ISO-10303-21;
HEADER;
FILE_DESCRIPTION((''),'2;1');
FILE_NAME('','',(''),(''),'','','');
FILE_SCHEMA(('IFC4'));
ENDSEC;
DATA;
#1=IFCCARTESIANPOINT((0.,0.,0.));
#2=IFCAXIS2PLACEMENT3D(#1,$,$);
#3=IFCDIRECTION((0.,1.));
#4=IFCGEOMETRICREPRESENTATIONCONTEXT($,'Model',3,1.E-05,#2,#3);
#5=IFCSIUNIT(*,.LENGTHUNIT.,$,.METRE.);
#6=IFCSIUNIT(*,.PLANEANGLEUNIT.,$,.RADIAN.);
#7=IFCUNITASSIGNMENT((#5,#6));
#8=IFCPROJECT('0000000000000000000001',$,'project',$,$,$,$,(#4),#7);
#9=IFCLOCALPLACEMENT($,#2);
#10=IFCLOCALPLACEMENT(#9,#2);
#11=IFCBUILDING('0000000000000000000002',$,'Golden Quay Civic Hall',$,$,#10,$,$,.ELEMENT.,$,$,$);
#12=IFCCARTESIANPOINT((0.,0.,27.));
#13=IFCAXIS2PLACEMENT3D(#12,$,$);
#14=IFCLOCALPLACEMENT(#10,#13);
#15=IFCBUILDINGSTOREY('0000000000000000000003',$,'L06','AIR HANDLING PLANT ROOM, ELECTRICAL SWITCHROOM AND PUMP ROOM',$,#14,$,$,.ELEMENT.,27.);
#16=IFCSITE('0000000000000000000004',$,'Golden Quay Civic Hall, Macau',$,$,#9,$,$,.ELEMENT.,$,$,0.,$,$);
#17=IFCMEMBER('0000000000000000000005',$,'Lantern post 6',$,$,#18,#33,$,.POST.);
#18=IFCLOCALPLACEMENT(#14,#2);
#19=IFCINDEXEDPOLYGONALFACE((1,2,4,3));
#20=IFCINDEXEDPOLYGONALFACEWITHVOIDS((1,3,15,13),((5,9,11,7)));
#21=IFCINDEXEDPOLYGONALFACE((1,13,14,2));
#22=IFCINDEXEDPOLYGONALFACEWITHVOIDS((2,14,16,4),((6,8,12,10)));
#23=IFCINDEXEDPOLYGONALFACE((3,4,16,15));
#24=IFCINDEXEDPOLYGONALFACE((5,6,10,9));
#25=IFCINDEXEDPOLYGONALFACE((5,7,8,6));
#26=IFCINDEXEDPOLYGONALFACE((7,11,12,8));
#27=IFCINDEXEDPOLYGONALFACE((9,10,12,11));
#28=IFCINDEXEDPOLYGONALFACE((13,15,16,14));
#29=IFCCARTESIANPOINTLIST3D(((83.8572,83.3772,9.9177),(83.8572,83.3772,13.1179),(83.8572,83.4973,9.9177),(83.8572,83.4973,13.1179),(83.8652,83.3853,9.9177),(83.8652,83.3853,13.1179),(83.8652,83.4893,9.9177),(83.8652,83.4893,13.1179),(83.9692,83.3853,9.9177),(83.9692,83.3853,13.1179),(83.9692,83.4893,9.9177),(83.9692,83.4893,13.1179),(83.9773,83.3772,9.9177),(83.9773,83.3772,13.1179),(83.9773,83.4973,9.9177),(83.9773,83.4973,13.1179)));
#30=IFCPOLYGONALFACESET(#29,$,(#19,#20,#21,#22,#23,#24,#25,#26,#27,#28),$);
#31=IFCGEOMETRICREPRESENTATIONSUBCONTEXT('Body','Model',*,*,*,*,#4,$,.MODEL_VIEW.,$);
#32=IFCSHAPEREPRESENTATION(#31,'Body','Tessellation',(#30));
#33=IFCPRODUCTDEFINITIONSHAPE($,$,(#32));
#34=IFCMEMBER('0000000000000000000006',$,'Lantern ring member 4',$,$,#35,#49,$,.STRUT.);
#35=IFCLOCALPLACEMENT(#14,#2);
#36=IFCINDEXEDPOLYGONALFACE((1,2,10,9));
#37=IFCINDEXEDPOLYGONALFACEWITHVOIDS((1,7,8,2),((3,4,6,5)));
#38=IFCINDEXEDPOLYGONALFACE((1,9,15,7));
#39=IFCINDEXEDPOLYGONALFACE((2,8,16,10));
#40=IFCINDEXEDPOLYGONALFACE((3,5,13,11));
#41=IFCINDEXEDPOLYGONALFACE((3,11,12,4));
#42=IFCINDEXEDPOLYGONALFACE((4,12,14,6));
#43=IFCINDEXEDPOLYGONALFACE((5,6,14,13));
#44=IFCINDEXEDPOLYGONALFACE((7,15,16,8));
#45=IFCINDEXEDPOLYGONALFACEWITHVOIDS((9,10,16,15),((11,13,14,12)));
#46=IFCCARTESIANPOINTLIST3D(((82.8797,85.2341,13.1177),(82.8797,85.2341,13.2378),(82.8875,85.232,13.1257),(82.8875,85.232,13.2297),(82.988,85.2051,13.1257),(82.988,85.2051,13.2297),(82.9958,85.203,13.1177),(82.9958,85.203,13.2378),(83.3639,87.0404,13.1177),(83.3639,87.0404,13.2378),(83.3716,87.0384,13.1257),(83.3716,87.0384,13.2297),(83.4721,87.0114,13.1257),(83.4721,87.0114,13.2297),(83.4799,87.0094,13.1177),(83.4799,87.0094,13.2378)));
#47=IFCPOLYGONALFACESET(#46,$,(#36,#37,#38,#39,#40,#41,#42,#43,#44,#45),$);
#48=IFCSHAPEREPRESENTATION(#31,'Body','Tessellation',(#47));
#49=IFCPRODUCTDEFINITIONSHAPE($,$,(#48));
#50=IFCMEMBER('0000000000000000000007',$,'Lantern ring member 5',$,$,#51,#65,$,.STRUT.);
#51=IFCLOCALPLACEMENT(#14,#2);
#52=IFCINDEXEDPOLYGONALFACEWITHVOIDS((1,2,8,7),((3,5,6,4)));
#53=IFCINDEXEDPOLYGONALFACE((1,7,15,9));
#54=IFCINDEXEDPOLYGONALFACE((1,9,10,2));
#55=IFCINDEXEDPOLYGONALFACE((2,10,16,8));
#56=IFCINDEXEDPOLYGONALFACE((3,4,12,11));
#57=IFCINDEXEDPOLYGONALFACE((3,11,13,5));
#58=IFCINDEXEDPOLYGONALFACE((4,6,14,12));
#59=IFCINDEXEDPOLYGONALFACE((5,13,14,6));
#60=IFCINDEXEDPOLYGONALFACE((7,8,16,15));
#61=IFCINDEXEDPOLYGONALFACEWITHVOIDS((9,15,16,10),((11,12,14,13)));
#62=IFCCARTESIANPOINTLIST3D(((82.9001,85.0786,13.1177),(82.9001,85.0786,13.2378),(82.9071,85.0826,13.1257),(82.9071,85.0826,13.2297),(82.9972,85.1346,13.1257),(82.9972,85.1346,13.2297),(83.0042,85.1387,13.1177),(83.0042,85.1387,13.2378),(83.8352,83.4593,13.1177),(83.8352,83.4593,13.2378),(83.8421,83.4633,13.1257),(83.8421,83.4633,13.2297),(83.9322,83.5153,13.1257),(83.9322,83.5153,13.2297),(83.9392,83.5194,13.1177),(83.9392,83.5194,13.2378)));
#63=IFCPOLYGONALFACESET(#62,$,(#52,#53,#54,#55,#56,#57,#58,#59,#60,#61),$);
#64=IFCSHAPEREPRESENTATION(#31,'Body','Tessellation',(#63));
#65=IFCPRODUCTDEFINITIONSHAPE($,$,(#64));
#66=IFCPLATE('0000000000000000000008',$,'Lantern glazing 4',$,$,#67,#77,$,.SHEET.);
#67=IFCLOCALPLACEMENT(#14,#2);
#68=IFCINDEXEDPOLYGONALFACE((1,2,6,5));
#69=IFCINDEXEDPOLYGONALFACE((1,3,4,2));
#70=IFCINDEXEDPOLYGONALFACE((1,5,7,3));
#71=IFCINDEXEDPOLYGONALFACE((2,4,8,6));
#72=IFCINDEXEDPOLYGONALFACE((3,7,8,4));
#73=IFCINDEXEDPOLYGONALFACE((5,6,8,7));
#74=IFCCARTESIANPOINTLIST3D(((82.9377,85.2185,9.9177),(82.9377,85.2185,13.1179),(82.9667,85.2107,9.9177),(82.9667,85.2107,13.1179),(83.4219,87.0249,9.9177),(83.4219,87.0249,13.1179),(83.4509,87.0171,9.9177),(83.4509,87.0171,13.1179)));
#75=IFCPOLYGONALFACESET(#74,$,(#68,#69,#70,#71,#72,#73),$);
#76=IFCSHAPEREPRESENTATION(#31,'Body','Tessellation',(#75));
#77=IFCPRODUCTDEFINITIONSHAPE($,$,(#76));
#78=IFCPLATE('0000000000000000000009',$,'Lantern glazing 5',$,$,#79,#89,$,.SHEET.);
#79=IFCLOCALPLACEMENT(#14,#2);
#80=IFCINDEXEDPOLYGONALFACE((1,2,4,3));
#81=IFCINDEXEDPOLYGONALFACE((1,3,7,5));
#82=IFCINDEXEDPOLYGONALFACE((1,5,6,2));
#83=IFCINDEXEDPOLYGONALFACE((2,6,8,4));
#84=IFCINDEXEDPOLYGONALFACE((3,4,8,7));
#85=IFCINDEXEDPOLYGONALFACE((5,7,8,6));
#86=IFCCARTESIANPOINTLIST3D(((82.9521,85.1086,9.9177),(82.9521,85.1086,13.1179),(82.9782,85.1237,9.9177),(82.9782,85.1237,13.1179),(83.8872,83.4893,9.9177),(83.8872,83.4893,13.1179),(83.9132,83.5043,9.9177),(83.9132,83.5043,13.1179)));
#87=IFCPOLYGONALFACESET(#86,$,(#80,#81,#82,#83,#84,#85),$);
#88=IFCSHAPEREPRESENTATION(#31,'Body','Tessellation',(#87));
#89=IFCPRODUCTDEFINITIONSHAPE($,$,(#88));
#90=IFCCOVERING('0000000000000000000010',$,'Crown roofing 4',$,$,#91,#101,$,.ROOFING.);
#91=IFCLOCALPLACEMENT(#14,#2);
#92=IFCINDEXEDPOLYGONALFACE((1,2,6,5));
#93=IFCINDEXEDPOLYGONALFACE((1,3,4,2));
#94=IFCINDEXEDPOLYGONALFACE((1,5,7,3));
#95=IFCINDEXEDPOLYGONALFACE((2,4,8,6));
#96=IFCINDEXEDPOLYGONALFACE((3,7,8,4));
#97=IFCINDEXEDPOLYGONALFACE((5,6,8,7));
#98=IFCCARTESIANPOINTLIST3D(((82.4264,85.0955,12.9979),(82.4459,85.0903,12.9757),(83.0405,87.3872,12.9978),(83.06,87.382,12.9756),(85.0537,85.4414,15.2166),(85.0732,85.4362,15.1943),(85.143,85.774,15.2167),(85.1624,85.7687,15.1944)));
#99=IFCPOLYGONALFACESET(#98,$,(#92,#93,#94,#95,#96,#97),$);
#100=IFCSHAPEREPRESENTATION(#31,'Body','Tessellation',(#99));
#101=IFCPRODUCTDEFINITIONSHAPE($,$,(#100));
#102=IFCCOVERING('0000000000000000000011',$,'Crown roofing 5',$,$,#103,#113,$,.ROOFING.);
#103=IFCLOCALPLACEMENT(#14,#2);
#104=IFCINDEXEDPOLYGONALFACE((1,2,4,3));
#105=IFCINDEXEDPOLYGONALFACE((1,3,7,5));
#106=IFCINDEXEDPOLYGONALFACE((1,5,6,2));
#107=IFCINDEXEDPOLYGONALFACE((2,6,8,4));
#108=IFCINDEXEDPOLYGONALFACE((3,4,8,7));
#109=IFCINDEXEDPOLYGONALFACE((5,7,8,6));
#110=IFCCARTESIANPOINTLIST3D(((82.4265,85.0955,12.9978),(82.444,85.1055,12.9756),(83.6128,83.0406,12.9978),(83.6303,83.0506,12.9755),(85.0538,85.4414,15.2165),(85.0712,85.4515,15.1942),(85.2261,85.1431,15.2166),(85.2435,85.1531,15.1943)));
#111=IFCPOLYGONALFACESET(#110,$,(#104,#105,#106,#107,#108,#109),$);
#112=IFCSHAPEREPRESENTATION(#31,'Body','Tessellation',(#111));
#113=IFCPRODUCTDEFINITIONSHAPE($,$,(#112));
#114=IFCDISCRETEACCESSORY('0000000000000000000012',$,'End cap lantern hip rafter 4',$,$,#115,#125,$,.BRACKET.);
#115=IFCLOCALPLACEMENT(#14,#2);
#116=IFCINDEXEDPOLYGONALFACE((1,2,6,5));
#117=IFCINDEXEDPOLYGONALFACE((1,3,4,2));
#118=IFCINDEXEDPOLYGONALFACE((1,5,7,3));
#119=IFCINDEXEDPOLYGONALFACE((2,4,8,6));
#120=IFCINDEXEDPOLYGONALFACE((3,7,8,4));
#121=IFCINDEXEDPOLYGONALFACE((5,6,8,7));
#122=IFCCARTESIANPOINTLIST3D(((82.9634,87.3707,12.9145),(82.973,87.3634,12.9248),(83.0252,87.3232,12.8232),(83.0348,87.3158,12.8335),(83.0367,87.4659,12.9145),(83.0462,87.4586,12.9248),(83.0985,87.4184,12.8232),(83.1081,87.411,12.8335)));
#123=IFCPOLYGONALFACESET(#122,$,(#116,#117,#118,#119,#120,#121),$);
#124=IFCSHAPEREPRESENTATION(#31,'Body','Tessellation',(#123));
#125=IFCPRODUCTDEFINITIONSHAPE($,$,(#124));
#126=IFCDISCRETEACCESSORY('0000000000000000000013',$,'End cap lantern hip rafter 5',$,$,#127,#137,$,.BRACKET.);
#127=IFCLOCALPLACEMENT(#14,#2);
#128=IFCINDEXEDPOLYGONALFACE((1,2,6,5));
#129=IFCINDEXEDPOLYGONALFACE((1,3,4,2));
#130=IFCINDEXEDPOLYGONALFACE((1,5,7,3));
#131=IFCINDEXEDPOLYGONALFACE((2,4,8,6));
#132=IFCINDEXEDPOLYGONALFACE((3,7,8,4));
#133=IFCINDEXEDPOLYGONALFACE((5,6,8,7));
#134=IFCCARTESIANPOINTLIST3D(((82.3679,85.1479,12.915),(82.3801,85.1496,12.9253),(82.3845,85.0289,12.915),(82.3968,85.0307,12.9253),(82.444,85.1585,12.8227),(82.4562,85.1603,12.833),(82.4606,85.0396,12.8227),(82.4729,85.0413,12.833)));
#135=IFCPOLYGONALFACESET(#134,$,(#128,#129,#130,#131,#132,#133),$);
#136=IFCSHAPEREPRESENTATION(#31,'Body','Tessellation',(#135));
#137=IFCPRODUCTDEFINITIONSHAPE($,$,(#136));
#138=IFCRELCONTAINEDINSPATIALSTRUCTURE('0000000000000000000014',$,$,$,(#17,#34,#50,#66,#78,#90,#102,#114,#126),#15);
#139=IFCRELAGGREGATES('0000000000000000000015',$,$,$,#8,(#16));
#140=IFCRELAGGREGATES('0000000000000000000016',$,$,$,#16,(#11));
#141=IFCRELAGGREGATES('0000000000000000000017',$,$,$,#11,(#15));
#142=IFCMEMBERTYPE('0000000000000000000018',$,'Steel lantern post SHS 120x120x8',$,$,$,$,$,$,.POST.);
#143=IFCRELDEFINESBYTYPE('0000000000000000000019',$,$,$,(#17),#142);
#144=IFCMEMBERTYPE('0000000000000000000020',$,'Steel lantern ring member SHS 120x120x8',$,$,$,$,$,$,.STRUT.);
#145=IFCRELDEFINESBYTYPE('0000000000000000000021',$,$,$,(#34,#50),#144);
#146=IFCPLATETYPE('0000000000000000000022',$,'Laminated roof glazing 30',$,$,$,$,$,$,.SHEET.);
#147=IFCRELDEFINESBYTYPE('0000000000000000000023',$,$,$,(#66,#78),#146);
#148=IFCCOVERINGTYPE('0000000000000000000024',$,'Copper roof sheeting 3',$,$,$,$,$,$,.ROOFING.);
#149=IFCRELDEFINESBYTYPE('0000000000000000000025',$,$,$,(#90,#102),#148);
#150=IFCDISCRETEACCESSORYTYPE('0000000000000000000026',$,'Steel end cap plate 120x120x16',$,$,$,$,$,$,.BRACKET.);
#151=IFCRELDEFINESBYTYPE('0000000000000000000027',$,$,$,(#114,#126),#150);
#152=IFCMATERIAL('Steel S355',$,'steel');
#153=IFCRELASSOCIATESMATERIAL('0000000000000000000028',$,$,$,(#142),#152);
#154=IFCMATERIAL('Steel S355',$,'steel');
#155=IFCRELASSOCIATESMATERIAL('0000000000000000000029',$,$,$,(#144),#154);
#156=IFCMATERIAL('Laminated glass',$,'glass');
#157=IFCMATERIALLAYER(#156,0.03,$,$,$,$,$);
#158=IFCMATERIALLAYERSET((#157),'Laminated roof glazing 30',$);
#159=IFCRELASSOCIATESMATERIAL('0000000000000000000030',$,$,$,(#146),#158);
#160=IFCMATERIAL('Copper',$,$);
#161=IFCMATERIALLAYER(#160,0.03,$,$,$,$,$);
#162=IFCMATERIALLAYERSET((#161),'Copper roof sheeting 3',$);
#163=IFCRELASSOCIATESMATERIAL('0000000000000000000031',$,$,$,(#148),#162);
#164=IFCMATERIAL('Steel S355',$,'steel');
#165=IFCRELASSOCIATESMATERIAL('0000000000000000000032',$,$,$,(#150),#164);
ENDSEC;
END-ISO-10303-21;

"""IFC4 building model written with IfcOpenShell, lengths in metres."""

from ifc_helpers import new_model, si_unit, direction, frame, origin, origin_2d, place, context, subcontext, project, spatial, polyline, rectangle, hollow_rectangle, outline, extrude, material, layer, layer_set, material_profile, profile_set, type_object, element, save


model = new_model("IFC4")

# Units and contexts
model_context = context("Model", 3, precision=1e-05, world=origin(), true_north=direction((0.0, 1.0)))
body_context = subcontext(model_context, "Body", "Model", "MODEL_VIEW")
ifc_project = project(units=[si_unit("LENGTHUNIT", "METRE"), si_unit("PLANEANGLEUNIT", "RADIAN")], contexts=[model_context])

# Site, building, storey
site_placement = place(None, origin())
site = spatial("IfcSite", under=ifc_project, at=site_placement, Name="Golden Quay Civic Hall, Macau", CompositionType="ELEMENT", RefElevation=0.0)
building_placement = place(site_placement, origin())
building = spatial("IfcBuilding", under=site, at=building_placement, Name="Golden Quay Civic Hall", CompositionType="ELEMENT")
storey_placement = place(building_placement, frame((0.0, 0.0, 27.0)))
storey = spatial("IfcBuildingStorey", under=building, at=storey_placement, Name="L06", Description="AIR HANDLING PLANT ROOM, ELECTRICAL SWITCHROOM AND PUMP ROOM", CompositionType="ELEMENT", Elevation=27.0)

# Members
ifc_material_1 = material(Name="Steel S355", Category="steel")
ifc_material_profile_1 = material_profile(ifc_material_1, hollow_rectangle(XDim=0.1201, YDim=0.1201, WallThickness=0.0081, at=origin_2d()), Name="SHS 120x120x8")
ifc_profile_set_1 = profile_set([ifc_material_profile_1], Name="Steel S355")
member_type_1 = type_object("IfcMemberType", Name="Steel lantern post SHS 120x120x8", PredefinedType="POST", material=ifc_profile_set_1)
for number, where, z_axis, x_axis, name in (
    (1, (83.9172, 83.4373, 9.9177), (0.0, 0.0, 1.0), (1.0, 0.0, 0.0), "Lantern post 6"),
):
    element("IfcMember", number, at=place(storey_placement, frame(where, z_axis=z_axis, x_axis=x_axis)), inside=storey, type_object=member_type_1, Name=name, PredefinedType="POST", context=body_context, shape_type="SweptSolid", body=[
        extrude(hollow_rectangle(XDim=0.1201, YDim=0.1201, WallThickness=0.0081, at=origin_2d()), origin(), (0.0, 0.0, 1.0), 3.2002),
    ])
ifc_material_2 = material(Name="Steel S355", Category="steel")
ifc_material_profile_2 = material_profile(ifc_material_2, hollow_rectangle(XDim=0.1201, YDim=0.1201, WallThickness=0.0081, at=origin_2d()), Name="SHS 120x120x8")
ifc_profile_set_2 = profile_set([ifc_material_profile_2], Name="Steel S355")
member_type_2 = type_object("IfcMemberType", Name="Steel lantern ring member SHS 120x120x8", PredefinedType="STRUT", material=ifc_profile_set_2)
member_1_placement = place(storey_placement, frame((83.4219, 87.0249, 13.1777), z_axis=(-0.258873, -0.965911, 0.0), x_axis=(0.965911, -0.258873, 0.0)))
element("IfcMember", 2, at=member_1_placement, inside=storey, type_object=member_type_2, Name="Lantern ring member 4", PredefinedType="STRUT", context=body_context, shape_type="SweptSolid", body=[
    extrude(hollow_rectangle(XDim=0.1201, YDim=0.1201, WallThickness=0.0081, at=origin_2d()), origin(), (0.0, 0.0, 1.0), 1.8701),
])
member_2_placement = place(storey_placement, frame((82.9521, 85.1086, 13.1777), z_axis=(0.500043, -0.866001, 0.0), x_axis=(0.866001, 0.500043, 0.0)))
element("IfcMember", 3, at=member_2_placement, inside=storey, type_object=member_type_2, Name="Lantern ring member 5", PredefinedType="STRUT", context=body_context, shape_type="SweptSolid", body=[
    extrude(hollow_rectangle(XDim=0.1201, YDim=0.1201, WallThickness=0.0081, at=origin_2d()), origin(), (0.0, 0.0, 1.0), 1.8699),
])

# Plates
ifc_material_3 = material(Name="Laminated glass", Category="glass")
ifc_layer_1 = layer(ifc_material_3, 0.03)
ifc_layer_set_1 = layer_set([ifc_layer_1], Name="Laminated roof glazing 30")
plate_type = type_object("IfcPlateType", Name="Laminated roof glazing 30", PredefinedType="SHEET", material=ifc_layer_set_1)
plate_1_placement = place(storey_placement, frame((83.4219, 87.0249, 9.9177), z_axis=(-0.965911, 0.258873, 0.0), x_axis=(-0.258873, -0.965911, 0.0)))
element("IfcPlate", 4, at=plate_1_placement, inside=storey, type_object=plate_type, Name="Lantern glazing 4", PredefinedType="SHEET", context=body_context, shape_type="SweptSolid", body=[
    extrude(outline(polyline([(0.0, 0.0), (1.8701, 0.0), (1.8701, 3.2002), (0.0, 3.2002), (0.0, 0.0)])), origin(), (0.0, 0.0, -1.0), 0.03),
])
plate_2_placement = place(storey_placement, frame((82.9521, 85.1086, 9.9177), z_axis=(-0.866001, -0.500043, 0.0), x_axis=(0.500043, -0.866001, 0.0)))
element("IfcPlate", 5, at=plate_2_placement, inside=storey, type_object=plate_type, Name="Lantern glazing 5", PredefinedType="SHEET", context=body_context, shape_type="SweptSolid", body=[
    extrude(outline(polyline([(0.0, 0.0), (1.87, 0.0), (1.87, 3.2002), (0.0, 3.2002), (0.0, 0.0)])), origin(), (0.0, 0.0, -1.0), 0.03),
])

# Coverings
ifc_material_4 = material(Name="Copper")
ifc_layer_2 = layer(ifc_material_4, 0.03)
ifc_layer_set_2 = layer_set([ifc_layer_2], Name="Copper roof sheeting 3")
covering_type = type_object("IfcCoveringType", Name="Copper roof sheeting 3", PredefinedType="ROOFING", material=ifc_layer_set_2)
covering_1_placement = place(storey_placement, frame((83.0405, 87.3872, 12.9978), z_axis=(-0.648623, 0.173847, 0.740989), x_axis=(-0.258837, -0.965921, 0.000047)))
element("IfcCovering", 6, at=covering_1_placement, inside=storey, type_object=covering_type, Name="Crown roofing 4", PredefinedType="ROOFING", context=body_context, shape_type="SweptSolid", body=[
    extrude(outline(polyline([(0.0, 0.0), (2.3726, 0.0), (1.3585, 3.304), (1.0142, 3.3042), (0.0, 0.0)])), origin(), (0.0, 0.0, -1.0), 0.03),
])
covering_2_placement = place(storey_placement, frame((82.4265, 85.0955, 12.9978), z_axis=(-0.581551, -0.335754, 0.740991), x_axis=(0.499974, -0.86604, -0.000022)))
element("IfcCovering", 7, at=covering_2_placement, inside=storey, type_object=covering_type, Name="Crown roofing 5", PredefinedType="ROOFING", context=body_context, shape_type="SweptSolid", body=[
    extrude(outline(polyline([(0.0, 0.0), (2.3728, 0.0), (1.3584, 3.3041), (1.0139, 3.3041), (0.0, 0.0)])), origin(), (0.0, 0.0, -1.0), 0.03),
])

# Discrete accessories
ifc_material_5 = material(Name="Steel S355", Category="steel")
ifc_material_profile_3 = material_profile(ifc_material_5, rectangle(XDim=0.1201, YDim=0.1201, at=origin_2d()), Name="Steel end cap plate 120x120x16")
ifc_profile_set_3 = profile_set([ifc_material_profile_3], Name="Steel S355")
discrete_accessory_type = type_object("IfcDiscreteAccessoryType", Name="Steel end cap plate 120x120x16", PredefinedType="BRACKET", material=ifc_profile_set_3)
discrete_accessory_1_placement = place(storey_placement, frame((83.0405, 87.3872, 12.8792), z_axis=(-0.602861, 0.463739, -0.649234), x_axis=(-0.609711, -0.792624, 0.0)))
element("IfcDiscreteAccessory", 8, at=discrete_accessory_1_placement, inside=storey, type_object=discrete_accessory_type, Name="End cap lantern hip rafter 4", PredefinedType="BRACKET", context=body_context, shape_type="SweptSolid", body=[
    extrude(rectangle(XDim=0.1201, YDim=0.1201, at=origin_2d()), origin(), (0.0, 0.0, 1.0), 0.0159),
])
discrete_accessory_2_placement = place(storey_placement, frame((82.4265, 85.0955, 12.8792), z_axis=(-0.761343, -0.106588, -0.639528), x_axis=(0.138648, -0.990342, 0.0)))
element("IfcDiscreteAccessory", 9, at=discrete_accessory_2_placement, inside=storey, type_object=discrete_accessory_type, Name="End cap lantern hip rafter 5", PredefinedType="BRACKET", context=body_context, shape_type="SweptSolid", body=[
    extrude(rectangle(XDim=0.1201, YDim=0.1201, at=origin_2d()), origin(), (0.0, 0.0, 1.0), 0.0161),
])

save(model, "model.ifc")
